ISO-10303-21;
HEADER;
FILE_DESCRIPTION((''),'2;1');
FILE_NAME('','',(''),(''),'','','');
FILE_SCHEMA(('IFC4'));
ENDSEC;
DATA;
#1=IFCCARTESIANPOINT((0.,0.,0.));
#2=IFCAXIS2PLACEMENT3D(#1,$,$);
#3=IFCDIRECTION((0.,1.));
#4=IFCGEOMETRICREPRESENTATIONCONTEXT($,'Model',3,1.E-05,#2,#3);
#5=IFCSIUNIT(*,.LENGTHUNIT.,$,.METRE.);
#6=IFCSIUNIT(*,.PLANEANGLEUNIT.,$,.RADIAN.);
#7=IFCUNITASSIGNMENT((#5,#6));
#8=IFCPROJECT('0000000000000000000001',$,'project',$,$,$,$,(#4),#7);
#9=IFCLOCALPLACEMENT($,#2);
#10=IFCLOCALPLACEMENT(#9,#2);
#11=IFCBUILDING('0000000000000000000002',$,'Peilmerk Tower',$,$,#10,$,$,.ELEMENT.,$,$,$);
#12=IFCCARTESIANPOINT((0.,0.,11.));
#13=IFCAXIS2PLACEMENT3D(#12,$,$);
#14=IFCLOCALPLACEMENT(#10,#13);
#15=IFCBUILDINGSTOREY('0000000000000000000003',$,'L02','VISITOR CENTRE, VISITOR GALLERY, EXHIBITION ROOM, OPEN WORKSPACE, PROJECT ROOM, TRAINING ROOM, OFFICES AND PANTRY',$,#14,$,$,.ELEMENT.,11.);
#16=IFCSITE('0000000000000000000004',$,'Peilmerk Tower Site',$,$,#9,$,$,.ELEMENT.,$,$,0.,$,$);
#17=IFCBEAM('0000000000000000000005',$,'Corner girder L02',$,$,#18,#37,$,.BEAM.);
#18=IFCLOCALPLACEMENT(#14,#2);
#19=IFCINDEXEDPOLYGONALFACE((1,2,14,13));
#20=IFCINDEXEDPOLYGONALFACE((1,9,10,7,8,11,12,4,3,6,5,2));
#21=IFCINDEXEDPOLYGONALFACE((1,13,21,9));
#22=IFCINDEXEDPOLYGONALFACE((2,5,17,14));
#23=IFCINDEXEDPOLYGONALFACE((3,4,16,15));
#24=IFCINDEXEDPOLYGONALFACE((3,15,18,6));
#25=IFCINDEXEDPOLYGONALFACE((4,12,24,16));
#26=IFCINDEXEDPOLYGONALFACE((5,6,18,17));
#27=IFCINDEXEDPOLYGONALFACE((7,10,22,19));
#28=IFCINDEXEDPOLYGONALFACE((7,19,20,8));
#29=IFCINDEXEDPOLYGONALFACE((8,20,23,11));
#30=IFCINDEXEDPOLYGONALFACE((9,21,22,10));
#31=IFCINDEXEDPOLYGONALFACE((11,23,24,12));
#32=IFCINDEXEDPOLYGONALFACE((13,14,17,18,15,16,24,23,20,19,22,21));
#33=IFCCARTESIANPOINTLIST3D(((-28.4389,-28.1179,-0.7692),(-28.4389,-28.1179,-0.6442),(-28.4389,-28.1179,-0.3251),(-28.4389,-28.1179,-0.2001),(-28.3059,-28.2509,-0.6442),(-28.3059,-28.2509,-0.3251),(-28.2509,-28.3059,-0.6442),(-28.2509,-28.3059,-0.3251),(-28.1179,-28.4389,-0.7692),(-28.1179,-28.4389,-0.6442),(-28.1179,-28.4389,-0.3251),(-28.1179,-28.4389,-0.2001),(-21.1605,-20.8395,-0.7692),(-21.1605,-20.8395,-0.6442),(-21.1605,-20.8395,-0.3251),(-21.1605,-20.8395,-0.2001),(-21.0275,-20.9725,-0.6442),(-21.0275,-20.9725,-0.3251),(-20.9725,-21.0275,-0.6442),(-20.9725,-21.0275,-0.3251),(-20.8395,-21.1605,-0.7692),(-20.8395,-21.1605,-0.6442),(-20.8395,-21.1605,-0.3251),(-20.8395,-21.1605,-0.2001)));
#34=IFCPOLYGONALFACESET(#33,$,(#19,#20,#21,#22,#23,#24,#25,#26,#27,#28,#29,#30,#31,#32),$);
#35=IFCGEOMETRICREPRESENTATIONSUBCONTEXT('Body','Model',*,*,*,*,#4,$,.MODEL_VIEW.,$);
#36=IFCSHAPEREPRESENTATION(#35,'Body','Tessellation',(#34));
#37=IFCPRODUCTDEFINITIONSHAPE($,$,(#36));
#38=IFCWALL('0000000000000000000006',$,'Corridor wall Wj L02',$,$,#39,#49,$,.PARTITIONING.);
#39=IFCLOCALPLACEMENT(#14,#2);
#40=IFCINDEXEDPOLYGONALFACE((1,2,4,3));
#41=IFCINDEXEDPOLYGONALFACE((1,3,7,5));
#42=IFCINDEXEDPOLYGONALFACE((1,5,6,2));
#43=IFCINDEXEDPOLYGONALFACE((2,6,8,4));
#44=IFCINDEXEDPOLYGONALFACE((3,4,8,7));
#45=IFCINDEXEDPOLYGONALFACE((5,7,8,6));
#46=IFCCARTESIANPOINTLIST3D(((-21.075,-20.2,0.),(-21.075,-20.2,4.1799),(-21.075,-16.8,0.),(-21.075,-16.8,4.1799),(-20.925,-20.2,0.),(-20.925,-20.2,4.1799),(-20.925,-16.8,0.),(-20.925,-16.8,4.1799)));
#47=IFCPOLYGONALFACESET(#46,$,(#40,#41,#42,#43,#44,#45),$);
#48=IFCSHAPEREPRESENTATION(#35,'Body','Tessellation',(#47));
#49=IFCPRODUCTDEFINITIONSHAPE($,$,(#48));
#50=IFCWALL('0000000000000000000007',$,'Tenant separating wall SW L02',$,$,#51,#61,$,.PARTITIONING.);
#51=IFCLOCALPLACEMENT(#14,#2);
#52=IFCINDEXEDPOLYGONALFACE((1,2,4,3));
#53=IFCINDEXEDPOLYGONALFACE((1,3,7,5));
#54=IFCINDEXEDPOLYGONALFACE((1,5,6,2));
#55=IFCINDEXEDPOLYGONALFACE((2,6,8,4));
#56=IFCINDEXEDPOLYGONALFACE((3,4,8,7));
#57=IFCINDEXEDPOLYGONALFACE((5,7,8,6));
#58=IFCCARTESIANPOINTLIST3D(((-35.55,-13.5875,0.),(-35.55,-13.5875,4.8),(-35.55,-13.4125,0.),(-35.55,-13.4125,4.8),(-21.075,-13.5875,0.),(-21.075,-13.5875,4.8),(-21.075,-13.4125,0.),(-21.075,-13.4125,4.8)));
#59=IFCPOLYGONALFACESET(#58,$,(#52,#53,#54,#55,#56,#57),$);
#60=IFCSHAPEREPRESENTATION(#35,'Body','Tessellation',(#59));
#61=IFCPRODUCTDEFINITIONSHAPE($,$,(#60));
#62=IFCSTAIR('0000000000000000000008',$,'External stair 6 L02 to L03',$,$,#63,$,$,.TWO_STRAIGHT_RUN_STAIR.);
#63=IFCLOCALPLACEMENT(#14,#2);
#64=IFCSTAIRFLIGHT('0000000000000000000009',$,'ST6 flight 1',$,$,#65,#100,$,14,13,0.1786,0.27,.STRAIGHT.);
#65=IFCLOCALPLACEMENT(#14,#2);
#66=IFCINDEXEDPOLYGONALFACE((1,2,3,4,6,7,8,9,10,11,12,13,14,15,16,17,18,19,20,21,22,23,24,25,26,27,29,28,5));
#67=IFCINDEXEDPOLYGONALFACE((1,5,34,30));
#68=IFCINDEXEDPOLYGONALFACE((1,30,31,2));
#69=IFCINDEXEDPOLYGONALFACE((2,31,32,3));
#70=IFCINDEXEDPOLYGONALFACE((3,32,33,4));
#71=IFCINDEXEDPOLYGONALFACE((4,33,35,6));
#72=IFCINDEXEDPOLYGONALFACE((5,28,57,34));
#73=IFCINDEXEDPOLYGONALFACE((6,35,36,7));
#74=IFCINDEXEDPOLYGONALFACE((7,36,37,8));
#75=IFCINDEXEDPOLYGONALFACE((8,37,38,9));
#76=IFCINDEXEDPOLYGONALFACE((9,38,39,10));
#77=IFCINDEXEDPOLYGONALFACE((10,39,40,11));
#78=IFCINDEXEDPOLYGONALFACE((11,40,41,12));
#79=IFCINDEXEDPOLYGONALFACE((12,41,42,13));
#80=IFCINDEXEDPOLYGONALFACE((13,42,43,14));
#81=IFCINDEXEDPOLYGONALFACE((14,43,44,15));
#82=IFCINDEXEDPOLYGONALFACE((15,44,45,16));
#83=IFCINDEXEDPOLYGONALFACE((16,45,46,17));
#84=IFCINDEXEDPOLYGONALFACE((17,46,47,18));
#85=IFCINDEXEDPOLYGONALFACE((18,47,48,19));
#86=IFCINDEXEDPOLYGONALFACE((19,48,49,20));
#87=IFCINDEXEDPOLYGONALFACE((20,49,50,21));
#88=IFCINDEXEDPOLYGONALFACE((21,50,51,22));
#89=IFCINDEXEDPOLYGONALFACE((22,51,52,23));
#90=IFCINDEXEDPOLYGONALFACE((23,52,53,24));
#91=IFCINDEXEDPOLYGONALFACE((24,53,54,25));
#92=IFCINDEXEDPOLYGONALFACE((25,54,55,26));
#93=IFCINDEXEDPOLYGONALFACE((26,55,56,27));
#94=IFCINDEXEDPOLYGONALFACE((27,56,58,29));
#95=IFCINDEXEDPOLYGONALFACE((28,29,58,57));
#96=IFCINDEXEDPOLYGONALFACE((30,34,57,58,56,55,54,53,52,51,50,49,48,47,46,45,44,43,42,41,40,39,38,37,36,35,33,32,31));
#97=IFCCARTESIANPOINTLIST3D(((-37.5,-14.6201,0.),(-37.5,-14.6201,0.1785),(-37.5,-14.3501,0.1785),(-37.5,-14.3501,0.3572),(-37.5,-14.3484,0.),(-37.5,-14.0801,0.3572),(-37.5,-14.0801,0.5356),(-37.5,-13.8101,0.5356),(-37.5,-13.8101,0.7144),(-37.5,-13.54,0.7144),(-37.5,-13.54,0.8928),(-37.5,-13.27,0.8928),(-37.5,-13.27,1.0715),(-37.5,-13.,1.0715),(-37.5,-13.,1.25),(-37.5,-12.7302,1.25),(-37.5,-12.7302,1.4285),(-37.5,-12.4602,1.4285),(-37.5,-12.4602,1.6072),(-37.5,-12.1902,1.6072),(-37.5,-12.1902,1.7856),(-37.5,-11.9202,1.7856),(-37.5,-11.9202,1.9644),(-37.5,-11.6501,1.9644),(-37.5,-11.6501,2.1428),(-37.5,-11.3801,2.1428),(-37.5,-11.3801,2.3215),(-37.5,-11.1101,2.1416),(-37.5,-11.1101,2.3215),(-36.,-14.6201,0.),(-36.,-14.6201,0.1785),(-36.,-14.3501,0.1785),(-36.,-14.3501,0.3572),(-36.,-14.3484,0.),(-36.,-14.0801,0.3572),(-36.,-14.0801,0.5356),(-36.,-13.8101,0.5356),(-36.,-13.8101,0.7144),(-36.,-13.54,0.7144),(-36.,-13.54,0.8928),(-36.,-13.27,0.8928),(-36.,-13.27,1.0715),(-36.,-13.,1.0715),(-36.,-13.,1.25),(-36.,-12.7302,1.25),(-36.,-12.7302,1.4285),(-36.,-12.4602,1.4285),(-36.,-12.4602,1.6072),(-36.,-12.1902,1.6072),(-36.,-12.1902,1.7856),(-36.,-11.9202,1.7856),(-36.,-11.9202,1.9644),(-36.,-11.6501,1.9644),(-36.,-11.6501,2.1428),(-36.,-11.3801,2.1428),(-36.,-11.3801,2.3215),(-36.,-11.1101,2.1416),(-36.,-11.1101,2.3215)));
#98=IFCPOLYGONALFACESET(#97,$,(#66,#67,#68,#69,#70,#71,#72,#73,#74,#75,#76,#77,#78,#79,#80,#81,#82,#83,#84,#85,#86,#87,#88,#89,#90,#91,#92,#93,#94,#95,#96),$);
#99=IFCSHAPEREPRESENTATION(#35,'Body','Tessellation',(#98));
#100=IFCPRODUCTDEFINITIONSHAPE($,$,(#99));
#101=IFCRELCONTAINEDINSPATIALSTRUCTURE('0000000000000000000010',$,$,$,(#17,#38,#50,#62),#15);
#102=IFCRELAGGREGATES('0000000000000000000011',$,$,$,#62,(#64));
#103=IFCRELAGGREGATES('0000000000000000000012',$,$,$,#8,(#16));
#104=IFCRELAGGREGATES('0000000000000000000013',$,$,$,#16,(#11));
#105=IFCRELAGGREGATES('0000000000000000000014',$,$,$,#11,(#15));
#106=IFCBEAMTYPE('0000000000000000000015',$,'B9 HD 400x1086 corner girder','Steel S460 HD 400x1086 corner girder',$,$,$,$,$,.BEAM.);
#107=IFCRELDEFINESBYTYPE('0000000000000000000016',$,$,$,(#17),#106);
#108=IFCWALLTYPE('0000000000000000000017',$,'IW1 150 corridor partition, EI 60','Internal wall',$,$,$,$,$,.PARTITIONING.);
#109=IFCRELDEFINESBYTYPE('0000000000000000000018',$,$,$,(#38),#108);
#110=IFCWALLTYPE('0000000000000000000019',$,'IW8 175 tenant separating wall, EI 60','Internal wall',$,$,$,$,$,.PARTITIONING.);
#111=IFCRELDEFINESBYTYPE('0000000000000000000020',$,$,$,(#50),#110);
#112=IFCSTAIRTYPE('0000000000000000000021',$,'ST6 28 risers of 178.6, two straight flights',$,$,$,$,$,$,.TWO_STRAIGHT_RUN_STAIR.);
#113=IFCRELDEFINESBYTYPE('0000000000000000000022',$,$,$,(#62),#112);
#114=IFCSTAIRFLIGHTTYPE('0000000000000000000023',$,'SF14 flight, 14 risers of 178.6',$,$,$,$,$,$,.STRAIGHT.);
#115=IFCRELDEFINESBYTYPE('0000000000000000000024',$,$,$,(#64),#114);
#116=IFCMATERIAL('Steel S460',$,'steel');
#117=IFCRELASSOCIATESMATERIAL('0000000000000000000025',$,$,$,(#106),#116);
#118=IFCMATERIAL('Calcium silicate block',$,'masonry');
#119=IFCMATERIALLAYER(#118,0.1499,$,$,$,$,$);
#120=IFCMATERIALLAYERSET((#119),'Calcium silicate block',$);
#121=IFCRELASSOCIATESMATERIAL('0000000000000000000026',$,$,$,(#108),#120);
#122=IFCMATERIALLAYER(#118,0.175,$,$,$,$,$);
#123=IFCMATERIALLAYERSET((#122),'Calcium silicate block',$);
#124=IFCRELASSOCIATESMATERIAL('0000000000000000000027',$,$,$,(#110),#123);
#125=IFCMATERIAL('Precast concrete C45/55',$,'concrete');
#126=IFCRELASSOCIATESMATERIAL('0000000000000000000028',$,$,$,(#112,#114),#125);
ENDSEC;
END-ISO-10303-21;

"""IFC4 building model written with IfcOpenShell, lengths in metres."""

from ifc_helpers import new_model, si_unit, direction, frame, frame_2d, origin, origin_2d, place, context, subcontext, project, spatial, polyline, rectangle, i_section, outline, extrude, material, layer, layer_set, material_profile, profile_set, type_object, element, aggregate, save


model = new_model("IFC4")

# Units and contexts
model_context = context("Model", 3, precision=1e-05, world=origin(), true_north=direction((0.0, 1.0)))
body_context = subcontext(model_context, "Body", "Model", "MODEL_VIEW")
ifc_project = project(units=[si_unit("LENGTHUNIT", "METRE"), si_unit("PLANEANGLEUNIT", "RADIAN")], contexts=[model_context])

# Site, building, storey
site_placement = place(None, origin())
site = spatial("IfcSite", under=ifc_project, at=site_placement, Name="Peilmerk Tower Site", CompositionType="ELEMENT", RefElevation=0.0)
building_placement = place(site_placement, origin())
building = spatial("IfcBuilding", under=site, at=building_placement, Name="Peilmerk Tower", CompositionType="ELEMENT")
storey_placement = place(building_placement, frame((0.0, 0.0, 11.0)))
storey = spatial("IfcBuildingStorey", under=building, at=storey_placement, Name="L02", Description="VISITOR CENTRE, VISITOR GALLERY, EXHIBITION ROOM, OPEN WORKSPACE, PROJECT ROOM, TRAINING ROOM, OFFICES AND PANTRY", CompositionType="ELEMENT", Elevation=11.0)

# Beam
ifc_material_1 = material(Name="Steel S460", Category="steel")
ifc_material_profile_1 = material_profile(ifc_material_1, i_section(OverallWidth=0.4541, OverallDepth=0.5691, WebThickness=0.0779, FlangeThickness=0.125, at=origin_2d()), Name="HD 400x1086")
ifc_profile_set_1 = profile_set([ifc_material_profile_1], Name="Steel S460")
beam_type_1 = type_object("IfcBeamType", Name="B9 HD 400x1086 corner girder", Description="Steel S460 HD 400x1086 corner girder", PredefinedType="BEAM", material=ifc_profile_set_1)
beam_1_placement = place(storey_placement, frame((-21.0, -21.0, -0.4846), z_axis=(-0.707107, -0.707107, 0.0), x_axis=(0.707107, -0.707107, 0.0)))
element("IfcBeam", 1, at=beam_1_placement, inside=storey, type_object=beam_type_1, Name="Corner girder L02", PredefinedType="BEAM", context=body_context, shape_type="SweptSolid", body=[
    extrude(i_section(OverallWidth=0.4541, OverallDepth=0.5691, WebThickness=0.0779, FlangeThickness=0.125, at=origin_2d()), origin(), (0.0, 0.0, 1.0), 10.2932),
])

# Walls
ifc_material_2 = material(Name="Calcium silicate block", Category="masonry")
ifc_layer_1 = layer(ifc_material_2, 0.1499)
ifc_layer_set_1 = layer_set([ifc_layer_1], Name="Calcium silicate block")
wall_type_1 = type_object("IfcWallType", Name="IW1 150 corridor partition, EI 60", Description="Internal wall", PredefinedType="PARTITIONING", material=ifc_layer_set_1)
wall_1_placement = place(storey_placement, frame((-21.0, -16.8, 0.0), z_axis=(0.0, 0.0, 1.0), x_axis=(0.0, -1.0, 0.0)))
element("IfcWall", 2, at=wall_1_placement, inside=storey, type_object=wall_type_1, Name="Corridor wall Wj L02", PredefinedType="PARTITIONING", context=body_context, shape_type="SweptSolid", body=[
    extrude(rectangle(XDim=3.3999, YDim=0.1499, at=frame_2d((1.7, 0.0))), origin(), (0.0, 0.0, 1.0), 4.1799),
])
ifc_layer_2 = layer(ifc_material_2, 0.175)
ifc_layer_set_2 = layer_set([ifc_layer_2], Name="Calcium silicate block")
wall_type_2 = type_object("IfcWallType", Name="IW8 175 tenant separating wall, EI 60", Description="Internal wall", PredefinedType="PARTITIONING", material=ifc_layer_set_2)
wall_2_placement = place(storey_placement, frame((-21.075, -13.5, 0.0), z_axis=(0.0, 0.0, 1.0), x_axis=(-1.0, 0.0, 0.0)))
element("IfcWall", 3, at=wall_2_placement, inside=storey, type_object=wall_type_2, Name="Tenant separating wall SW L02", PredefinedType="PARTITIONING", context=body_context, shape_type="SweptSolid", body=[
    extrude(rectangle(XDim=14.4751, YDim=0.175, at=frame_2d((7.2375, 0.0))), origin(), (0.0, 0.0, 1.0), 4.8),
])

# Stair, stair flight
ifc_material_3 = material(Name="Precast concrete C45/55", Category="concrete")
stair_type = type_object("IfcStairType", Name="ST6 28 risers of 178.6, two straight flights", PredefinedType="TWO_STRAIGHT_RUN_STAIR", material=ifc_material_3)
stair_placement = place(storey_placement, origin())
stair = element("IfcStair", 4, at=stair_placement, inside=storey, type_object=stair_type, Name="External stair 6 L02 to L03", PredefinedType="TWO_STRAIGHT_RUN_STAIR")
stair_flight_type = type_object("IfcStairFlightType", Name="SF14 flight, 14 risers of 178.6", PredefinedType="STRAIGHT", material=ifc_material_3)
stair_flight_placement = place(storey_placement, frame((-36.75, -14.6201, 0.0), z_axis=(0.0, 0.0, 1.0), x_axis=(0.0, 1.0, 0.0)))
stair_flight = element("IfcStairFlight", 5, at=stair_flight_placement, type_object=stair_flight_type, Name="ST6 flight 1", NumberOfRisers=14, NumberOfTreads=13, PredefinedType="STRAIGHT", RiserHeight=0.1786, TreadLength=0.27, context=body_context, shape_type="SweptSolid", body=[
    extrude(outline(polyline([(0.0, 0.0), (0.0, 0.1785), (0.27, 0.1785), (0.27, 0.3572), (0.54, 0.3572), (0.54, 0.5356), (0.8101, 0.5356), (0.8101, 0.7144), (1.0801, 0.7144), (1.0801, 0.8928), (1.3501, 0.8928), (1.3501, 1.0715), (1.6201, 1.0715), (1.6201, 1.25), (1.8899, 1.25), (1.8899, 1.4285), (2.1599, 1.4285), (2.1599, 1.6072), (2.4299, 1.6072), (2.4299, 1.7856), (2.7, 1.7856), (2.7, 1.9644), (2.97, 1.9644), (2.97, 2.1428), (3.24, 2.1428), (3.24, 2.3215), (3.51, 2.3215), (3.51, 2.5), (3.51, 2.1416), (0.2717, 0.0), (0.0, 0.0)])), frame((0.0, 0.75, 0.0), z_axis=(0.0, -1.0, 0.0), x_axis=(1.0, 0.0, 0.0)), (0.0, 0.0, 1.0), 1.5),
])
aggregate(stair, [stair_flight])

save(model, "model.ifc")
